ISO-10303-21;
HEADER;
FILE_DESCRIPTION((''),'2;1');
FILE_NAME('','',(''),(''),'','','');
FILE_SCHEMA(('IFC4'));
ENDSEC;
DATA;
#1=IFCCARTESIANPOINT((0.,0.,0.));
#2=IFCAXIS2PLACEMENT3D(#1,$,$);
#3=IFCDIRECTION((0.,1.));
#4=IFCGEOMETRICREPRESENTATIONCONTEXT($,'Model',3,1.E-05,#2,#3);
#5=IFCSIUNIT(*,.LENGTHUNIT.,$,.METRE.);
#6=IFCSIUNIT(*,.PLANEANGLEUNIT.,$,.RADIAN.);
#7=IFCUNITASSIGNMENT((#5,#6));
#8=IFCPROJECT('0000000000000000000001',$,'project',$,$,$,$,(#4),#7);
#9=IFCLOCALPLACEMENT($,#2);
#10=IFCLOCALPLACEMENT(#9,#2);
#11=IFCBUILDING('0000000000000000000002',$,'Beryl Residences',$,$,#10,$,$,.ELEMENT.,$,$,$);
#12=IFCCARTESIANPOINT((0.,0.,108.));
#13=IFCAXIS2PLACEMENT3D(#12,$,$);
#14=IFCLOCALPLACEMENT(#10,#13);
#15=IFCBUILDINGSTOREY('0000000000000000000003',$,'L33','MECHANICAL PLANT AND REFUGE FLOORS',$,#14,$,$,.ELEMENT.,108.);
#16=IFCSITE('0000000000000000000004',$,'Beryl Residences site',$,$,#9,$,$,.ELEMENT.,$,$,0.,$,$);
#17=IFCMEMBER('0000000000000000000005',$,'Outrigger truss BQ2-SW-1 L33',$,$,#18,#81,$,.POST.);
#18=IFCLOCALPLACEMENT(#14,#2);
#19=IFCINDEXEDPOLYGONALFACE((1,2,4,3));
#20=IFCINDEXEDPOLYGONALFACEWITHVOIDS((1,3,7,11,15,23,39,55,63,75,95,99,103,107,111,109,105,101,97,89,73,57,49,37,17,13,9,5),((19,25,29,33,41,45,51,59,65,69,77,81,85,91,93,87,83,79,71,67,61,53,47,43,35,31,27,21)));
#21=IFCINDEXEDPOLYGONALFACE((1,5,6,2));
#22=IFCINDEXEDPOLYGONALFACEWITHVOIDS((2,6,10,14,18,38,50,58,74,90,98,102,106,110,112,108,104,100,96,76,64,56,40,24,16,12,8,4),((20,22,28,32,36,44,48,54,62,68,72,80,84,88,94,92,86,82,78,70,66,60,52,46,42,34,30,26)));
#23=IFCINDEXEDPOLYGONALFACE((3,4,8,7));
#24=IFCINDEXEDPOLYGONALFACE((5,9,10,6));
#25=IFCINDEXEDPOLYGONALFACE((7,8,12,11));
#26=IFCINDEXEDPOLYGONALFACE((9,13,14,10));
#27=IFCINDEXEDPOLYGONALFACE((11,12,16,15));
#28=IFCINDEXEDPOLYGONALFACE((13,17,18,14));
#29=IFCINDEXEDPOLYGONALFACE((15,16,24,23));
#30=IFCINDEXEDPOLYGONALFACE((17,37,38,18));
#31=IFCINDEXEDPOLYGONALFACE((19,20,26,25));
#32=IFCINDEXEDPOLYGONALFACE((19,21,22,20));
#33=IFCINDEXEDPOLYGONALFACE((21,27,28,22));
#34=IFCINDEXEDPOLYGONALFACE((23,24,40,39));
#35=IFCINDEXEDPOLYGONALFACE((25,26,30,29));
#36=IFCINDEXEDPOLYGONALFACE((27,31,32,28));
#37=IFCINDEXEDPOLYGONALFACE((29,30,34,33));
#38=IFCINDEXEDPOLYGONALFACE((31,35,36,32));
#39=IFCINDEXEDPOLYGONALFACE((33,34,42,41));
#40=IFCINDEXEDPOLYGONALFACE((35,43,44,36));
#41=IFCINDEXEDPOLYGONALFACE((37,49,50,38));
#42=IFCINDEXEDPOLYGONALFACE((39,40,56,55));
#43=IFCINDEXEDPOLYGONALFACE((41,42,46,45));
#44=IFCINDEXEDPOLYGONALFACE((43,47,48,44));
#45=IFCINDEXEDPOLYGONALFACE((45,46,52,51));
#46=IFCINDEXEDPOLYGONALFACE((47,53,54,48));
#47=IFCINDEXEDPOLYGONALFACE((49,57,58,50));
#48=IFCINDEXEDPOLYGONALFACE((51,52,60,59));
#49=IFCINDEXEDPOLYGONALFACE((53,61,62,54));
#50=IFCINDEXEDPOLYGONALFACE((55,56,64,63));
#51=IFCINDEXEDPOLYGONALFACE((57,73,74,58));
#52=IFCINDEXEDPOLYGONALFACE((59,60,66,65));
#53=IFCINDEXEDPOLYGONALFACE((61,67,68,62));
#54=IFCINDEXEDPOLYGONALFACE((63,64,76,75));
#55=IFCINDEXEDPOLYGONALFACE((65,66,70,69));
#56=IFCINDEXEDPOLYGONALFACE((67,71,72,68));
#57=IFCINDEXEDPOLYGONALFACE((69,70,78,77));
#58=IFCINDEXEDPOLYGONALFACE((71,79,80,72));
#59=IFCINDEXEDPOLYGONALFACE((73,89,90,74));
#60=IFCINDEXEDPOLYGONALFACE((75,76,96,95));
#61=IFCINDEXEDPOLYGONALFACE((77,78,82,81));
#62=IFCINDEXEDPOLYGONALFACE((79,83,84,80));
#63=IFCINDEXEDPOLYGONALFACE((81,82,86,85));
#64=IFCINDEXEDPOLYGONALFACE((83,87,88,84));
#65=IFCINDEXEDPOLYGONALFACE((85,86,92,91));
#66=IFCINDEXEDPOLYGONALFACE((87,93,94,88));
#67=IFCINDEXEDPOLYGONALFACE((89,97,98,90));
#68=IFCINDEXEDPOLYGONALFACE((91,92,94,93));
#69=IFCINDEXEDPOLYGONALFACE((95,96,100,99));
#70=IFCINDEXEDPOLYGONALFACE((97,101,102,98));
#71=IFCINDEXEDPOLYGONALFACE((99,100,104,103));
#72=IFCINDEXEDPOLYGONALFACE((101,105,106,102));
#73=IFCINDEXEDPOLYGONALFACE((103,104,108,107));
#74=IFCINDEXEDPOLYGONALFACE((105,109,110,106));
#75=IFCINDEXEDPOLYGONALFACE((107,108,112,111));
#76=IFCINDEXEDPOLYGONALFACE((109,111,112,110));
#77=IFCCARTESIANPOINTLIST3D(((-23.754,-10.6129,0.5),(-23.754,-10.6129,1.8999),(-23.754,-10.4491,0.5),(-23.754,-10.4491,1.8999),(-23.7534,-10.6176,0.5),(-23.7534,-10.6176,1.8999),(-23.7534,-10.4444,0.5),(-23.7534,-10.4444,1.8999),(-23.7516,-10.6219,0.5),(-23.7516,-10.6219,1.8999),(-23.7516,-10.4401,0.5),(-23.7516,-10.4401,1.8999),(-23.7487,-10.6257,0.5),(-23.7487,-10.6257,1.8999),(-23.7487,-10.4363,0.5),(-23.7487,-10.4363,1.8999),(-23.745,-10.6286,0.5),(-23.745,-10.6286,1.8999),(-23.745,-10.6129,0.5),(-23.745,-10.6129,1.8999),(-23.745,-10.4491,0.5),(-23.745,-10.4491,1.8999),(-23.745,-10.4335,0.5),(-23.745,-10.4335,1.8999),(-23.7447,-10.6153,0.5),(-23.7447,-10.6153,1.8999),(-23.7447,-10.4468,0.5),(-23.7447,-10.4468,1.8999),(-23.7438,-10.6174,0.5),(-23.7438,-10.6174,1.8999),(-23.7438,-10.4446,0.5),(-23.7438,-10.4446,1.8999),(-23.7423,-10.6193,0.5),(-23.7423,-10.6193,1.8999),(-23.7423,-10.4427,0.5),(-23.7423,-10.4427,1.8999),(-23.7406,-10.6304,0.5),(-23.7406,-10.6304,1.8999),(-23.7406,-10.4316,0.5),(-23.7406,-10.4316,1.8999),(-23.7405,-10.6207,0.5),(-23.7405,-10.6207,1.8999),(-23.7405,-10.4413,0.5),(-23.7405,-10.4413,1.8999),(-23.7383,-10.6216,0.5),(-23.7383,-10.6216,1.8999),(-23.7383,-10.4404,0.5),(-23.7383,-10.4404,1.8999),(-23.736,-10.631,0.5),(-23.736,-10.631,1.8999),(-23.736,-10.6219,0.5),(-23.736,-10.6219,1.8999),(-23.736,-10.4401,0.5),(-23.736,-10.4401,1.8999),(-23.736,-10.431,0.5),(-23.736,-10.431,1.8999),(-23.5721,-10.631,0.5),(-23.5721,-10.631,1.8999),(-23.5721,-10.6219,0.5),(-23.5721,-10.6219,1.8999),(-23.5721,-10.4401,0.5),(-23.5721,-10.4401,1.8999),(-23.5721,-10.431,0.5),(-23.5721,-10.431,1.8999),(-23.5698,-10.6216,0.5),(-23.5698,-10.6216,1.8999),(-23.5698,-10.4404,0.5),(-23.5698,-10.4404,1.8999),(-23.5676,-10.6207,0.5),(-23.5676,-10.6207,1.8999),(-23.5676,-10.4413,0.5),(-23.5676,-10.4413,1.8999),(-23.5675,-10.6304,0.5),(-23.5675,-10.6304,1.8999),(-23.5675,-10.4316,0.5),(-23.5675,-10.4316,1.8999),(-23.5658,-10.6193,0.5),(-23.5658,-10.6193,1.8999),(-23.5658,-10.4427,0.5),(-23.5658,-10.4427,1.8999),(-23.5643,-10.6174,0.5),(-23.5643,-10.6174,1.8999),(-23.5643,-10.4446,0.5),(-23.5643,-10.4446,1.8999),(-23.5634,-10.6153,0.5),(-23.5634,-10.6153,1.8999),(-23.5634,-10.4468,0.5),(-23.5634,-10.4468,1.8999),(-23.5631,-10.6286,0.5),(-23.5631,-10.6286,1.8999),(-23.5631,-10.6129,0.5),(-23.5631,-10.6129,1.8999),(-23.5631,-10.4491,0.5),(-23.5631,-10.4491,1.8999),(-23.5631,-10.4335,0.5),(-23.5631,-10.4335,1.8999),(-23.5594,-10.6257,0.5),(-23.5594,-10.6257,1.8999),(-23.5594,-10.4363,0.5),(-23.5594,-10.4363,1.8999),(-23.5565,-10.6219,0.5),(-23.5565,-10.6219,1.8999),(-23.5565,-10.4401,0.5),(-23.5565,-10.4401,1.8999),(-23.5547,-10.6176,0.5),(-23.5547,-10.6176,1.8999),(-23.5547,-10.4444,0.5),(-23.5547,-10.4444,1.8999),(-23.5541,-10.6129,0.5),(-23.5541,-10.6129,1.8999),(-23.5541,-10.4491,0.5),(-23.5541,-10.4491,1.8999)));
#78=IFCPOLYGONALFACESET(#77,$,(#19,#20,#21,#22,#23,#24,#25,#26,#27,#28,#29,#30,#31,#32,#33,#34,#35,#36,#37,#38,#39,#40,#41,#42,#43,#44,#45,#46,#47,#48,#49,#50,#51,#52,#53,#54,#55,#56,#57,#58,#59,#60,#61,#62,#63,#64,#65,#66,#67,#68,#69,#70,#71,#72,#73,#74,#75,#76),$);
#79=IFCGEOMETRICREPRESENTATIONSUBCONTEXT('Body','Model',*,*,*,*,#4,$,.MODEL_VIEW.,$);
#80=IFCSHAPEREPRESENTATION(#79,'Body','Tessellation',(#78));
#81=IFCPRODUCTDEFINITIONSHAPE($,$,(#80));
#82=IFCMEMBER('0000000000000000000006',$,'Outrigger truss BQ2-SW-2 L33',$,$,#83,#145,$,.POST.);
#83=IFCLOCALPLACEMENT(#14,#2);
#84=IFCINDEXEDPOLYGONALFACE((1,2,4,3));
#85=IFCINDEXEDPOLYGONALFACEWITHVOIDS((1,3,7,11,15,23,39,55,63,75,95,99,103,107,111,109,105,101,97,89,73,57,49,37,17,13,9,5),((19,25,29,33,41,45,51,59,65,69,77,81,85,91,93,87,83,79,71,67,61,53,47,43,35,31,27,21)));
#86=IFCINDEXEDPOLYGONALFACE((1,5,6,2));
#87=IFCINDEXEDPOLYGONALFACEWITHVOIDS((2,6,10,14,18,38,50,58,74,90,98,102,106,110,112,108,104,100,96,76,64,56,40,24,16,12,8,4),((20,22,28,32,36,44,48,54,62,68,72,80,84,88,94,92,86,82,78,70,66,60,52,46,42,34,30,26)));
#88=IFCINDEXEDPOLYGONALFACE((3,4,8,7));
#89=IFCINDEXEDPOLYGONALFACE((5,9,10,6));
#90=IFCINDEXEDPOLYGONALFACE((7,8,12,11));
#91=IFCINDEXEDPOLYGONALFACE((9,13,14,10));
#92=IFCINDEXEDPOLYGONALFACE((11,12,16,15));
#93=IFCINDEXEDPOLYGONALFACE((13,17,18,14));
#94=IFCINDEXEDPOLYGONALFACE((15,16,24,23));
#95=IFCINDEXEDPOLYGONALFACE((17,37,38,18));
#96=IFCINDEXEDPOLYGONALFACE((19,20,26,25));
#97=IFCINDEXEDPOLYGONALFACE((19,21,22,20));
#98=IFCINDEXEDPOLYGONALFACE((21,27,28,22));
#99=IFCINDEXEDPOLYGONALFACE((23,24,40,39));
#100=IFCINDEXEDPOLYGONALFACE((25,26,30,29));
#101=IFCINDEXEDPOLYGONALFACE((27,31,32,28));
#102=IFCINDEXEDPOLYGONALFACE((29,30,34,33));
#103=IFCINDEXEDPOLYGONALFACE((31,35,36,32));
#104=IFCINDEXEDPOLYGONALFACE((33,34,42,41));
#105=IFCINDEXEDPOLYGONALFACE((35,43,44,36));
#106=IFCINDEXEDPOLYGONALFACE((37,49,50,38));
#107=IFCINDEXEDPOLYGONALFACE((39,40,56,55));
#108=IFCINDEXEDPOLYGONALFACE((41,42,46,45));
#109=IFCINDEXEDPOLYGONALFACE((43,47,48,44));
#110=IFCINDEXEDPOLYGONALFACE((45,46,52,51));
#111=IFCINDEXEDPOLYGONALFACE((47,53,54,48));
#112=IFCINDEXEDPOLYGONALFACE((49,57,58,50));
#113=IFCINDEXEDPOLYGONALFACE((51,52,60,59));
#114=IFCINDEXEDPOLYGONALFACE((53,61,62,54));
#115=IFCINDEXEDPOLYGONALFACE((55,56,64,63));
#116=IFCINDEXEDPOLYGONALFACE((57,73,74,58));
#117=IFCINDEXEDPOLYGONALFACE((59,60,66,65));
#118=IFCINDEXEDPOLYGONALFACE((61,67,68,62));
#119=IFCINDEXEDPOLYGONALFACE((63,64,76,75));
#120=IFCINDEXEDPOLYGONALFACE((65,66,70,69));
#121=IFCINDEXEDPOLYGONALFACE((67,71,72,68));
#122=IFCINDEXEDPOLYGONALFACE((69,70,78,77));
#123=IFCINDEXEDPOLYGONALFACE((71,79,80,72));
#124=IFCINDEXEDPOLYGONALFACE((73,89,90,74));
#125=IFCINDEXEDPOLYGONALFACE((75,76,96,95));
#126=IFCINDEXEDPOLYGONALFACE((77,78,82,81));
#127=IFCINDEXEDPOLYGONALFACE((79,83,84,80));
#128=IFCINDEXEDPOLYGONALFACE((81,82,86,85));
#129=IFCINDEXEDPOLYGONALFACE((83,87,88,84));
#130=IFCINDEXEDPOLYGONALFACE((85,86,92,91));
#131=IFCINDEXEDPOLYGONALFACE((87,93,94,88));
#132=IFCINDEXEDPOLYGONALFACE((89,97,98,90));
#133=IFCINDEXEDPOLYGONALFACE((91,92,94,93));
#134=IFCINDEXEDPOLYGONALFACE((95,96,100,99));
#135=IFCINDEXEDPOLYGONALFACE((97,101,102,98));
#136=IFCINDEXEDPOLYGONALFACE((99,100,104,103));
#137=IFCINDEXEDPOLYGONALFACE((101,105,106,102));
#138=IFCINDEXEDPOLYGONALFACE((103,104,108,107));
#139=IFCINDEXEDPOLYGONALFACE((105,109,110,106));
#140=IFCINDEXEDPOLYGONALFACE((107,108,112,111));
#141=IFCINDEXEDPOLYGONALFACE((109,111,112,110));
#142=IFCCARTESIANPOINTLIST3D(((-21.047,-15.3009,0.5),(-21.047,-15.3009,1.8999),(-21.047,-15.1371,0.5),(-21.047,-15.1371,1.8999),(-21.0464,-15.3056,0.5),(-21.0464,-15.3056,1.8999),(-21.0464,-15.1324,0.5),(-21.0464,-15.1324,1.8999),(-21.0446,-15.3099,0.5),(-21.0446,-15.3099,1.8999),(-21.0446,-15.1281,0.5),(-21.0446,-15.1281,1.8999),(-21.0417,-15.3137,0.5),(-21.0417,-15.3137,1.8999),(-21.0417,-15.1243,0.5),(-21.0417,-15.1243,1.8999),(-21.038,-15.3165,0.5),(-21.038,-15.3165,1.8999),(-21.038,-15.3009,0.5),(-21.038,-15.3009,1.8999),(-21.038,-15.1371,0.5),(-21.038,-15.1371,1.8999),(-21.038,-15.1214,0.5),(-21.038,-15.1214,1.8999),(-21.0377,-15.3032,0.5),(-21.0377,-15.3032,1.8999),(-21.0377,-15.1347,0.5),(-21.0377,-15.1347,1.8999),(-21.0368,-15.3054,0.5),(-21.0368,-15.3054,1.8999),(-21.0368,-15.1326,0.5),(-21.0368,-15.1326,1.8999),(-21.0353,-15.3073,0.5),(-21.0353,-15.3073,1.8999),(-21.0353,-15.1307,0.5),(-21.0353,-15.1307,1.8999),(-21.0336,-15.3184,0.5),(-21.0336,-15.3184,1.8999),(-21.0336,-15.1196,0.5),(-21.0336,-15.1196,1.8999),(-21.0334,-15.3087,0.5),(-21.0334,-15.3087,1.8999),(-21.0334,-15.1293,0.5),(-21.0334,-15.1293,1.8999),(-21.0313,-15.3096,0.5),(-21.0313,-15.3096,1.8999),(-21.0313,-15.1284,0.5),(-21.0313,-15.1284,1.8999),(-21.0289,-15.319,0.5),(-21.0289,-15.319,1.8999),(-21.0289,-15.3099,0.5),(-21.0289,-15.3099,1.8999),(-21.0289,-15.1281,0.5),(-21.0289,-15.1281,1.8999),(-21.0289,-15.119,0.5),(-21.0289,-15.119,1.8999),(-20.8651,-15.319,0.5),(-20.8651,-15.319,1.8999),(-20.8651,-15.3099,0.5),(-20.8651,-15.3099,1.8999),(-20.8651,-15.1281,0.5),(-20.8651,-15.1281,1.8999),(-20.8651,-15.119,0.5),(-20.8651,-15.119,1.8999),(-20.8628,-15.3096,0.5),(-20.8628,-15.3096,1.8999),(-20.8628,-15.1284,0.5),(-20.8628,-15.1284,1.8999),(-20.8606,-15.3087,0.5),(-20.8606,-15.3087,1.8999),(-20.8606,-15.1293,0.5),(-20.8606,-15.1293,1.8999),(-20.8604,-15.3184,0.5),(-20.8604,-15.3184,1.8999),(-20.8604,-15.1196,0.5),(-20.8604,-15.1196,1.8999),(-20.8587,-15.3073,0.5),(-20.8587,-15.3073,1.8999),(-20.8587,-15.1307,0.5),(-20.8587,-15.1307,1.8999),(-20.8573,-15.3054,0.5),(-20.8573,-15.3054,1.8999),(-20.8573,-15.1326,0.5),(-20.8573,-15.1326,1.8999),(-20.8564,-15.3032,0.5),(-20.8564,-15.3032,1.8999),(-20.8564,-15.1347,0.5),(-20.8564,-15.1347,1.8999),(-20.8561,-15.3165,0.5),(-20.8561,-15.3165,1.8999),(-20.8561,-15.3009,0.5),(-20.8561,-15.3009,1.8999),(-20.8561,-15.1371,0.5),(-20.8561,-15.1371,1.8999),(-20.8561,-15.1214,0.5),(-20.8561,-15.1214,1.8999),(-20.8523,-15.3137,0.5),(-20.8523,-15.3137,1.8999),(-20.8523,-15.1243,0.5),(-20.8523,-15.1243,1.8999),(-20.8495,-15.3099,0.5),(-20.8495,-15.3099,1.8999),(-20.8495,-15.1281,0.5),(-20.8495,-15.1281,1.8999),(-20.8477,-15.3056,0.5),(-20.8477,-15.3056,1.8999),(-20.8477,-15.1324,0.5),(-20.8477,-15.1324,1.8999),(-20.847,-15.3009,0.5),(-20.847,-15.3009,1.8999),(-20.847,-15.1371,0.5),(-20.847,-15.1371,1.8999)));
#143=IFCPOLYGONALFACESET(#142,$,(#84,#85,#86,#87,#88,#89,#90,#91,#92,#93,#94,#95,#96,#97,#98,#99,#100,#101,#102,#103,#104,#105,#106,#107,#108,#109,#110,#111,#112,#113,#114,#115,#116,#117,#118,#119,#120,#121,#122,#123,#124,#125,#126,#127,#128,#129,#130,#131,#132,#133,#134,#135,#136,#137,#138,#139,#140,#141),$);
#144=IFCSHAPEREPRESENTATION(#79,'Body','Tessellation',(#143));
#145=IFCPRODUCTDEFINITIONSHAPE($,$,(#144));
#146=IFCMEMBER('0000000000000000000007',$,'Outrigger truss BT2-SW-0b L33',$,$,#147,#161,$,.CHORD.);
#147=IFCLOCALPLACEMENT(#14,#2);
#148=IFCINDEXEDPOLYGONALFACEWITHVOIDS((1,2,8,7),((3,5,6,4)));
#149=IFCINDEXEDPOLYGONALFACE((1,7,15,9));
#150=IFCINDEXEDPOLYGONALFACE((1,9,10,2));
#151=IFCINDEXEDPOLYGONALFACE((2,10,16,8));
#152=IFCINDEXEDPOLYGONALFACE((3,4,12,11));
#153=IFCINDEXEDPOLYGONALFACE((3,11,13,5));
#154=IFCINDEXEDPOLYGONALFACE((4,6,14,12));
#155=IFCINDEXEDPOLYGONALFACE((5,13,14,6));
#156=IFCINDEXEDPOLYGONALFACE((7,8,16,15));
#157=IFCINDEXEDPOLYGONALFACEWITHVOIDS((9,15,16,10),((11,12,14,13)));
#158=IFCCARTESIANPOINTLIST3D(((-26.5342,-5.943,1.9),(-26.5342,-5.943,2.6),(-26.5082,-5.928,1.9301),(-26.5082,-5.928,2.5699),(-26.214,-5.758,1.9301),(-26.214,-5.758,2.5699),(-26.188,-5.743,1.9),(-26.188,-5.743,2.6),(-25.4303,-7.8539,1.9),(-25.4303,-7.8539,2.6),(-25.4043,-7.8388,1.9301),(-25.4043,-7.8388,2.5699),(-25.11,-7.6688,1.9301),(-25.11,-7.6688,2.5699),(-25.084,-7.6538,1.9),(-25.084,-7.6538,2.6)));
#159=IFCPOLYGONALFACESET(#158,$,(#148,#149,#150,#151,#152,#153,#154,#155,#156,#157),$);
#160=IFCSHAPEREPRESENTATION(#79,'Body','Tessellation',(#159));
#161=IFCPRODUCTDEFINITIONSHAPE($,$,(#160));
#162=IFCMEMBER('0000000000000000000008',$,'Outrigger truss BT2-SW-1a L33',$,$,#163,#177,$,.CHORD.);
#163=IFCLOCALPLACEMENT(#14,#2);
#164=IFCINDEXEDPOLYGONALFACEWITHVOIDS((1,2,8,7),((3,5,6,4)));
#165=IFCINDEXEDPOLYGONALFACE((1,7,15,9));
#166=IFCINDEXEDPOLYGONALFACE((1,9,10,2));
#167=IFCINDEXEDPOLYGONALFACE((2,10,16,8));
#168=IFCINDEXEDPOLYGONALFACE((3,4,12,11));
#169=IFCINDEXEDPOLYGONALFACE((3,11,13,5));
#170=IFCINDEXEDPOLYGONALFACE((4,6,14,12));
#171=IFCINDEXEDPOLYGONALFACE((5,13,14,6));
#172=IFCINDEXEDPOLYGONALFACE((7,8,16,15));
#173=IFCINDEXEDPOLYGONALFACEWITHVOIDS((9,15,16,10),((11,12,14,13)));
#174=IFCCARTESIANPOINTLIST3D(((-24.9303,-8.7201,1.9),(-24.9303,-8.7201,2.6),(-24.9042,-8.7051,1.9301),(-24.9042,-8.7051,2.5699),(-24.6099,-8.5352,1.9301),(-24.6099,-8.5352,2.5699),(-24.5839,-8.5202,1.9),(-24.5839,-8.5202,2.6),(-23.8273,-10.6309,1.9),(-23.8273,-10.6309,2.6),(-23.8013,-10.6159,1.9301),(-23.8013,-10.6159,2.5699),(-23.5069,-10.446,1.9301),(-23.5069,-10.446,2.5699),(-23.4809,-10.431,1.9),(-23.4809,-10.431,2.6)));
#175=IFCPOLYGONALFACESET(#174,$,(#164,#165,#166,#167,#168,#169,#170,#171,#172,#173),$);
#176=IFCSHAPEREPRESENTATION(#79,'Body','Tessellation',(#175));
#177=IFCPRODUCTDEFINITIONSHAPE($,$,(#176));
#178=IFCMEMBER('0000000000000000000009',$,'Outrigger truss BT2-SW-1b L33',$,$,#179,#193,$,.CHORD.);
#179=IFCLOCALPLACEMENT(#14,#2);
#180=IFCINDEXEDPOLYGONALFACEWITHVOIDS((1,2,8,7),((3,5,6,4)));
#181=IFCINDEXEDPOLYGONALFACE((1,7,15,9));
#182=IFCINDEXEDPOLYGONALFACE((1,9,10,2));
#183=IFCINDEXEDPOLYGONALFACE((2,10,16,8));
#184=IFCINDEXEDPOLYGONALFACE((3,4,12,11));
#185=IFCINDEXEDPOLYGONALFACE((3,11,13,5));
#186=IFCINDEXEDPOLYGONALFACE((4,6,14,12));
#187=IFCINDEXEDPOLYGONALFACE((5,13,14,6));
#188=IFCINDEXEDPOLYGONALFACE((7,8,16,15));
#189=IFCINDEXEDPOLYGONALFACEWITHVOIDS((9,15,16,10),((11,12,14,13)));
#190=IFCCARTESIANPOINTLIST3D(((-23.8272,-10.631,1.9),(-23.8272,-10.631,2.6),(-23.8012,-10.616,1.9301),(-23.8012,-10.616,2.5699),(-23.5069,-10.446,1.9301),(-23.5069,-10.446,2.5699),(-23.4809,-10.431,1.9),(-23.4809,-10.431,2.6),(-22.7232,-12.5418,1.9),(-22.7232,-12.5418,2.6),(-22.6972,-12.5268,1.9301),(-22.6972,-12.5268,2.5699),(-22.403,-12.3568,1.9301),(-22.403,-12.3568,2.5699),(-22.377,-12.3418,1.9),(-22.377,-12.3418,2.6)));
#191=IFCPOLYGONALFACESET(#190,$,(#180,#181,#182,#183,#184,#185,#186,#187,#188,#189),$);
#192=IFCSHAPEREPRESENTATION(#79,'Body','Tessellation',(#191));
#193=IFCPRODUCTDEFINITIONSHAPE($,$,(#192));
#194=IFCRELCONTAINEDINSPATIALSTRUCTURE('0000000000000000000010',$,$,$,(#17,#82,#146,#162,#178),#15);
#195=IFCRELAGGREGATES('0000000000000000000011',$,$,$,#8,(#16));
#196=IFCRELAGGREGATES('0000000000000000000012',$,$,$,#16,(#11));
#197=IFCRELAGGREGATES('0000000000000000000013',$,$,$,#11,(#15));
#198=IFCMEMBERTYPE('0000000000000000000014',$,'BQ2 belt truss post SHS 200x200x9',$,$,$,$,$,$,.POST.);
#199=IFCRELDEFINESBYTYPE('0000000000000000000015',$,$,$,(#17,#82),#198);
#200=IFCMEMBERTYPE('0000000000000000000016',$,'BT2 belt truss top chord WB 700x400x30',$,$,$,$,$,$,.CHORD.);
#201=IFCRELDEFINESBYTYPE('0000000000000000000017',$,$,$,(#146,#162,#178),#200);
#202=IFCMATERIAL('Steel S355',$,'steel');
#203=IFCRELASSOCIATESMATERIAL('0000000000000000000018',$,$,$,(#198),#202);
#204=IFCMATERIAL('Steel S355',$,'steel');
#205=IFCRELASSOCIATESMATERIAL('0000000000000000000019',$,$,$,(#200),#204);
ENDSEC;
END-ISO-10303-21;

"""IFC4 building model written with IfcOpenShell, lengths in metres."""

from ifc_helpers import new_model, si_unit, direction, frame, origin, origin_2d, place, context, subcontext, project, spatial, hollow_rectangle, extrude, material, material_profile, profile_set, type_object, element, save


model = new_model("IFC4")

# Units and contexts
model_context = context("Model", 3, precision=1e-05, world=origin(), true_north=direction((0.0, 1.0)))
body_context = subcontext(model_context, "Body", "Model", "MODEL_VIEW")
ifc_project = project(units=[si_unit("LENGTHUNIT", "METRE"), si_unit("PLANEANGLEUNIT", "RADIAN")], contexts=[model_context])

# Site, building, storey
site_placement = place(None, origin())
site = spatial("IfcSite", under=ifc_project, at=site_placement, Name="Beryl Residences site", CompositionType="ELEMENT", RefElevation=0.0)
building_placement = place(site_placement, origin())
building = spatial("IfcBuilding", under=site, at=building_placement, Name="Beryl Residences", CompositionType="ELEMENT")
storey_placement = place(building_placement, frame((0.0, 0.0, 108.0)))
storey = spatial("IfcBuildingStorey", under=building, at=storey_placement, Name="L33", Description="MECHANICAL PLANT AND REFUGE FLOORS", CompositionType="ELEMENT", Elevation=108.0)

# Members
ifc_material_1 = material(Name="Steel S355", Category="steel")
ifc_material_profile_1 = material_profile(ifc_material_1, hollow_rectangle(XDim=0.2, YDim=0.2, WallThickness=0.009, InnerFilletRadius=0.009, OuterFilletRadius=0.0181, at=origin_2d()))
ifc_profile_set_1 = profile_set([ifc_material_profile_1], Name="Steel S355")
member_type_1 = type_object("IfcMemberType", Name="BQ2 belt truss post SHS 200x200x9", PredefinedType="POST", material=ifc_profile_set_1)
for number, where, z_axis, x_axis, name in (
    (1, (-23.6541, -10.531, 0.5), (0.0, 0.0, 1.0), (1.0, 0.0, 0.0), "Outrigger truss BQ2-SW-1 L33"),
    (2, (-20.947, -15.219, 0.5), (0.0, 0.0, 1.0), (1.0, 0.0, 0.0), "Outrigger truss BQ2-SW-2 L33"),
):
    element("IfcMember", number, at=place(storey_placement, frame(where, z_axis=z_axis, x_axis=x_axis)), inside=storey, type_object=member_type_1, Name=name, PredefinedType="POST", context=body_context, shape_type="SweptSolid", body=[
        extrude(hollow_rectangle(XDim=0.2, YDim=0.2, WallThickness=0.009, InnerFilletRadius=0.009, OuterFilletRadius=0.0181, at=origin_2d()), origin(), (0.0, 0.0, 1.0), 1.3999),
    ])
ifc_material_2 = material(Name="Steel S355", Category="steel")
ifc_material_profile_2 = material_profile(ifc_material_2, hollow_rectangle(XDim=0.3999, YDim=0.7, WallThickness=0.03, at=origin_2d()))
ifc_profile_set_2 = profile_set([ifc_material_profile_2], Name="Steel S355")
member_type_2 = type_object("IfcMemberType", Name="BT2 belt truss top chord WB 700x400x30", PredefinedType="CHORD", material=ifc_profile_set_2)
member_1_placement = place(storey_placement, frame((-26.3611, -5.843, 2.25), z_axis=(0.500255, -0.865878, 0.0), x_axis=(0.865878, 0.500255, 0.0)))
element("IfcMember", 3, at=member_1_placement, inside=storey, type_object=member_type_2, Name="Outrigger truss BT2-SW-0b L33", PredefinedType="CHORD", context=body_context, shape_type="SweptSolid", body=[
    extrude(hollow_rectangle(XDim=0.3999, YDim=0.7, WallThickness=0.03, at=origin_2d()), origin(), (0.0, 0.0, 1.0), 2.2068),
])
member_2_placement = place(storey_placement, frame((-24.7571, -8.6201, 2.25), z_axis=(0.499924, -0.86607, 0.0), x_axis=(0.86607, 0.499924, 0.0)))
element("IfcMember", 4, at=member_2_placement, inside=storey, type_object=member_type_2, Name="Outrigger truss BT2-SW-1a L33", PredefinedType="CHORD", context=body_context, shape_type="SweptSolid", body=[
    extrude(hollow_rectangle(XDim=0.3999, YDim=0.7, WallThickness=0.03, at=origin_2d()), origin(), (0.0, 0.0, 1.0), 2.2063),
])
member_3_placement = place(storey_placement, frame((-23.6541, -10.531, 2.25), z_axis=(0.500255, -0.865878, 0.0), x_axis=(0.865878, 0.500255, 0.0)))
element("IfcMember", 5, at=member_3_placement, inside=storey, type_object=member_type_2, Name="Outrigger truss BT2-SW-1b L33", PredefinedType="CHORD", context=body_context, shape_type="SweptSolid", body=[
    extrude(hollow_rectangle(XDim=0.3999, YDim=0.7, WallThickness=0.03, at=origin_2d()), origin(), (0.0, 0.0, 1.0), 2.2068),
])

save(model, "model.ifc")
